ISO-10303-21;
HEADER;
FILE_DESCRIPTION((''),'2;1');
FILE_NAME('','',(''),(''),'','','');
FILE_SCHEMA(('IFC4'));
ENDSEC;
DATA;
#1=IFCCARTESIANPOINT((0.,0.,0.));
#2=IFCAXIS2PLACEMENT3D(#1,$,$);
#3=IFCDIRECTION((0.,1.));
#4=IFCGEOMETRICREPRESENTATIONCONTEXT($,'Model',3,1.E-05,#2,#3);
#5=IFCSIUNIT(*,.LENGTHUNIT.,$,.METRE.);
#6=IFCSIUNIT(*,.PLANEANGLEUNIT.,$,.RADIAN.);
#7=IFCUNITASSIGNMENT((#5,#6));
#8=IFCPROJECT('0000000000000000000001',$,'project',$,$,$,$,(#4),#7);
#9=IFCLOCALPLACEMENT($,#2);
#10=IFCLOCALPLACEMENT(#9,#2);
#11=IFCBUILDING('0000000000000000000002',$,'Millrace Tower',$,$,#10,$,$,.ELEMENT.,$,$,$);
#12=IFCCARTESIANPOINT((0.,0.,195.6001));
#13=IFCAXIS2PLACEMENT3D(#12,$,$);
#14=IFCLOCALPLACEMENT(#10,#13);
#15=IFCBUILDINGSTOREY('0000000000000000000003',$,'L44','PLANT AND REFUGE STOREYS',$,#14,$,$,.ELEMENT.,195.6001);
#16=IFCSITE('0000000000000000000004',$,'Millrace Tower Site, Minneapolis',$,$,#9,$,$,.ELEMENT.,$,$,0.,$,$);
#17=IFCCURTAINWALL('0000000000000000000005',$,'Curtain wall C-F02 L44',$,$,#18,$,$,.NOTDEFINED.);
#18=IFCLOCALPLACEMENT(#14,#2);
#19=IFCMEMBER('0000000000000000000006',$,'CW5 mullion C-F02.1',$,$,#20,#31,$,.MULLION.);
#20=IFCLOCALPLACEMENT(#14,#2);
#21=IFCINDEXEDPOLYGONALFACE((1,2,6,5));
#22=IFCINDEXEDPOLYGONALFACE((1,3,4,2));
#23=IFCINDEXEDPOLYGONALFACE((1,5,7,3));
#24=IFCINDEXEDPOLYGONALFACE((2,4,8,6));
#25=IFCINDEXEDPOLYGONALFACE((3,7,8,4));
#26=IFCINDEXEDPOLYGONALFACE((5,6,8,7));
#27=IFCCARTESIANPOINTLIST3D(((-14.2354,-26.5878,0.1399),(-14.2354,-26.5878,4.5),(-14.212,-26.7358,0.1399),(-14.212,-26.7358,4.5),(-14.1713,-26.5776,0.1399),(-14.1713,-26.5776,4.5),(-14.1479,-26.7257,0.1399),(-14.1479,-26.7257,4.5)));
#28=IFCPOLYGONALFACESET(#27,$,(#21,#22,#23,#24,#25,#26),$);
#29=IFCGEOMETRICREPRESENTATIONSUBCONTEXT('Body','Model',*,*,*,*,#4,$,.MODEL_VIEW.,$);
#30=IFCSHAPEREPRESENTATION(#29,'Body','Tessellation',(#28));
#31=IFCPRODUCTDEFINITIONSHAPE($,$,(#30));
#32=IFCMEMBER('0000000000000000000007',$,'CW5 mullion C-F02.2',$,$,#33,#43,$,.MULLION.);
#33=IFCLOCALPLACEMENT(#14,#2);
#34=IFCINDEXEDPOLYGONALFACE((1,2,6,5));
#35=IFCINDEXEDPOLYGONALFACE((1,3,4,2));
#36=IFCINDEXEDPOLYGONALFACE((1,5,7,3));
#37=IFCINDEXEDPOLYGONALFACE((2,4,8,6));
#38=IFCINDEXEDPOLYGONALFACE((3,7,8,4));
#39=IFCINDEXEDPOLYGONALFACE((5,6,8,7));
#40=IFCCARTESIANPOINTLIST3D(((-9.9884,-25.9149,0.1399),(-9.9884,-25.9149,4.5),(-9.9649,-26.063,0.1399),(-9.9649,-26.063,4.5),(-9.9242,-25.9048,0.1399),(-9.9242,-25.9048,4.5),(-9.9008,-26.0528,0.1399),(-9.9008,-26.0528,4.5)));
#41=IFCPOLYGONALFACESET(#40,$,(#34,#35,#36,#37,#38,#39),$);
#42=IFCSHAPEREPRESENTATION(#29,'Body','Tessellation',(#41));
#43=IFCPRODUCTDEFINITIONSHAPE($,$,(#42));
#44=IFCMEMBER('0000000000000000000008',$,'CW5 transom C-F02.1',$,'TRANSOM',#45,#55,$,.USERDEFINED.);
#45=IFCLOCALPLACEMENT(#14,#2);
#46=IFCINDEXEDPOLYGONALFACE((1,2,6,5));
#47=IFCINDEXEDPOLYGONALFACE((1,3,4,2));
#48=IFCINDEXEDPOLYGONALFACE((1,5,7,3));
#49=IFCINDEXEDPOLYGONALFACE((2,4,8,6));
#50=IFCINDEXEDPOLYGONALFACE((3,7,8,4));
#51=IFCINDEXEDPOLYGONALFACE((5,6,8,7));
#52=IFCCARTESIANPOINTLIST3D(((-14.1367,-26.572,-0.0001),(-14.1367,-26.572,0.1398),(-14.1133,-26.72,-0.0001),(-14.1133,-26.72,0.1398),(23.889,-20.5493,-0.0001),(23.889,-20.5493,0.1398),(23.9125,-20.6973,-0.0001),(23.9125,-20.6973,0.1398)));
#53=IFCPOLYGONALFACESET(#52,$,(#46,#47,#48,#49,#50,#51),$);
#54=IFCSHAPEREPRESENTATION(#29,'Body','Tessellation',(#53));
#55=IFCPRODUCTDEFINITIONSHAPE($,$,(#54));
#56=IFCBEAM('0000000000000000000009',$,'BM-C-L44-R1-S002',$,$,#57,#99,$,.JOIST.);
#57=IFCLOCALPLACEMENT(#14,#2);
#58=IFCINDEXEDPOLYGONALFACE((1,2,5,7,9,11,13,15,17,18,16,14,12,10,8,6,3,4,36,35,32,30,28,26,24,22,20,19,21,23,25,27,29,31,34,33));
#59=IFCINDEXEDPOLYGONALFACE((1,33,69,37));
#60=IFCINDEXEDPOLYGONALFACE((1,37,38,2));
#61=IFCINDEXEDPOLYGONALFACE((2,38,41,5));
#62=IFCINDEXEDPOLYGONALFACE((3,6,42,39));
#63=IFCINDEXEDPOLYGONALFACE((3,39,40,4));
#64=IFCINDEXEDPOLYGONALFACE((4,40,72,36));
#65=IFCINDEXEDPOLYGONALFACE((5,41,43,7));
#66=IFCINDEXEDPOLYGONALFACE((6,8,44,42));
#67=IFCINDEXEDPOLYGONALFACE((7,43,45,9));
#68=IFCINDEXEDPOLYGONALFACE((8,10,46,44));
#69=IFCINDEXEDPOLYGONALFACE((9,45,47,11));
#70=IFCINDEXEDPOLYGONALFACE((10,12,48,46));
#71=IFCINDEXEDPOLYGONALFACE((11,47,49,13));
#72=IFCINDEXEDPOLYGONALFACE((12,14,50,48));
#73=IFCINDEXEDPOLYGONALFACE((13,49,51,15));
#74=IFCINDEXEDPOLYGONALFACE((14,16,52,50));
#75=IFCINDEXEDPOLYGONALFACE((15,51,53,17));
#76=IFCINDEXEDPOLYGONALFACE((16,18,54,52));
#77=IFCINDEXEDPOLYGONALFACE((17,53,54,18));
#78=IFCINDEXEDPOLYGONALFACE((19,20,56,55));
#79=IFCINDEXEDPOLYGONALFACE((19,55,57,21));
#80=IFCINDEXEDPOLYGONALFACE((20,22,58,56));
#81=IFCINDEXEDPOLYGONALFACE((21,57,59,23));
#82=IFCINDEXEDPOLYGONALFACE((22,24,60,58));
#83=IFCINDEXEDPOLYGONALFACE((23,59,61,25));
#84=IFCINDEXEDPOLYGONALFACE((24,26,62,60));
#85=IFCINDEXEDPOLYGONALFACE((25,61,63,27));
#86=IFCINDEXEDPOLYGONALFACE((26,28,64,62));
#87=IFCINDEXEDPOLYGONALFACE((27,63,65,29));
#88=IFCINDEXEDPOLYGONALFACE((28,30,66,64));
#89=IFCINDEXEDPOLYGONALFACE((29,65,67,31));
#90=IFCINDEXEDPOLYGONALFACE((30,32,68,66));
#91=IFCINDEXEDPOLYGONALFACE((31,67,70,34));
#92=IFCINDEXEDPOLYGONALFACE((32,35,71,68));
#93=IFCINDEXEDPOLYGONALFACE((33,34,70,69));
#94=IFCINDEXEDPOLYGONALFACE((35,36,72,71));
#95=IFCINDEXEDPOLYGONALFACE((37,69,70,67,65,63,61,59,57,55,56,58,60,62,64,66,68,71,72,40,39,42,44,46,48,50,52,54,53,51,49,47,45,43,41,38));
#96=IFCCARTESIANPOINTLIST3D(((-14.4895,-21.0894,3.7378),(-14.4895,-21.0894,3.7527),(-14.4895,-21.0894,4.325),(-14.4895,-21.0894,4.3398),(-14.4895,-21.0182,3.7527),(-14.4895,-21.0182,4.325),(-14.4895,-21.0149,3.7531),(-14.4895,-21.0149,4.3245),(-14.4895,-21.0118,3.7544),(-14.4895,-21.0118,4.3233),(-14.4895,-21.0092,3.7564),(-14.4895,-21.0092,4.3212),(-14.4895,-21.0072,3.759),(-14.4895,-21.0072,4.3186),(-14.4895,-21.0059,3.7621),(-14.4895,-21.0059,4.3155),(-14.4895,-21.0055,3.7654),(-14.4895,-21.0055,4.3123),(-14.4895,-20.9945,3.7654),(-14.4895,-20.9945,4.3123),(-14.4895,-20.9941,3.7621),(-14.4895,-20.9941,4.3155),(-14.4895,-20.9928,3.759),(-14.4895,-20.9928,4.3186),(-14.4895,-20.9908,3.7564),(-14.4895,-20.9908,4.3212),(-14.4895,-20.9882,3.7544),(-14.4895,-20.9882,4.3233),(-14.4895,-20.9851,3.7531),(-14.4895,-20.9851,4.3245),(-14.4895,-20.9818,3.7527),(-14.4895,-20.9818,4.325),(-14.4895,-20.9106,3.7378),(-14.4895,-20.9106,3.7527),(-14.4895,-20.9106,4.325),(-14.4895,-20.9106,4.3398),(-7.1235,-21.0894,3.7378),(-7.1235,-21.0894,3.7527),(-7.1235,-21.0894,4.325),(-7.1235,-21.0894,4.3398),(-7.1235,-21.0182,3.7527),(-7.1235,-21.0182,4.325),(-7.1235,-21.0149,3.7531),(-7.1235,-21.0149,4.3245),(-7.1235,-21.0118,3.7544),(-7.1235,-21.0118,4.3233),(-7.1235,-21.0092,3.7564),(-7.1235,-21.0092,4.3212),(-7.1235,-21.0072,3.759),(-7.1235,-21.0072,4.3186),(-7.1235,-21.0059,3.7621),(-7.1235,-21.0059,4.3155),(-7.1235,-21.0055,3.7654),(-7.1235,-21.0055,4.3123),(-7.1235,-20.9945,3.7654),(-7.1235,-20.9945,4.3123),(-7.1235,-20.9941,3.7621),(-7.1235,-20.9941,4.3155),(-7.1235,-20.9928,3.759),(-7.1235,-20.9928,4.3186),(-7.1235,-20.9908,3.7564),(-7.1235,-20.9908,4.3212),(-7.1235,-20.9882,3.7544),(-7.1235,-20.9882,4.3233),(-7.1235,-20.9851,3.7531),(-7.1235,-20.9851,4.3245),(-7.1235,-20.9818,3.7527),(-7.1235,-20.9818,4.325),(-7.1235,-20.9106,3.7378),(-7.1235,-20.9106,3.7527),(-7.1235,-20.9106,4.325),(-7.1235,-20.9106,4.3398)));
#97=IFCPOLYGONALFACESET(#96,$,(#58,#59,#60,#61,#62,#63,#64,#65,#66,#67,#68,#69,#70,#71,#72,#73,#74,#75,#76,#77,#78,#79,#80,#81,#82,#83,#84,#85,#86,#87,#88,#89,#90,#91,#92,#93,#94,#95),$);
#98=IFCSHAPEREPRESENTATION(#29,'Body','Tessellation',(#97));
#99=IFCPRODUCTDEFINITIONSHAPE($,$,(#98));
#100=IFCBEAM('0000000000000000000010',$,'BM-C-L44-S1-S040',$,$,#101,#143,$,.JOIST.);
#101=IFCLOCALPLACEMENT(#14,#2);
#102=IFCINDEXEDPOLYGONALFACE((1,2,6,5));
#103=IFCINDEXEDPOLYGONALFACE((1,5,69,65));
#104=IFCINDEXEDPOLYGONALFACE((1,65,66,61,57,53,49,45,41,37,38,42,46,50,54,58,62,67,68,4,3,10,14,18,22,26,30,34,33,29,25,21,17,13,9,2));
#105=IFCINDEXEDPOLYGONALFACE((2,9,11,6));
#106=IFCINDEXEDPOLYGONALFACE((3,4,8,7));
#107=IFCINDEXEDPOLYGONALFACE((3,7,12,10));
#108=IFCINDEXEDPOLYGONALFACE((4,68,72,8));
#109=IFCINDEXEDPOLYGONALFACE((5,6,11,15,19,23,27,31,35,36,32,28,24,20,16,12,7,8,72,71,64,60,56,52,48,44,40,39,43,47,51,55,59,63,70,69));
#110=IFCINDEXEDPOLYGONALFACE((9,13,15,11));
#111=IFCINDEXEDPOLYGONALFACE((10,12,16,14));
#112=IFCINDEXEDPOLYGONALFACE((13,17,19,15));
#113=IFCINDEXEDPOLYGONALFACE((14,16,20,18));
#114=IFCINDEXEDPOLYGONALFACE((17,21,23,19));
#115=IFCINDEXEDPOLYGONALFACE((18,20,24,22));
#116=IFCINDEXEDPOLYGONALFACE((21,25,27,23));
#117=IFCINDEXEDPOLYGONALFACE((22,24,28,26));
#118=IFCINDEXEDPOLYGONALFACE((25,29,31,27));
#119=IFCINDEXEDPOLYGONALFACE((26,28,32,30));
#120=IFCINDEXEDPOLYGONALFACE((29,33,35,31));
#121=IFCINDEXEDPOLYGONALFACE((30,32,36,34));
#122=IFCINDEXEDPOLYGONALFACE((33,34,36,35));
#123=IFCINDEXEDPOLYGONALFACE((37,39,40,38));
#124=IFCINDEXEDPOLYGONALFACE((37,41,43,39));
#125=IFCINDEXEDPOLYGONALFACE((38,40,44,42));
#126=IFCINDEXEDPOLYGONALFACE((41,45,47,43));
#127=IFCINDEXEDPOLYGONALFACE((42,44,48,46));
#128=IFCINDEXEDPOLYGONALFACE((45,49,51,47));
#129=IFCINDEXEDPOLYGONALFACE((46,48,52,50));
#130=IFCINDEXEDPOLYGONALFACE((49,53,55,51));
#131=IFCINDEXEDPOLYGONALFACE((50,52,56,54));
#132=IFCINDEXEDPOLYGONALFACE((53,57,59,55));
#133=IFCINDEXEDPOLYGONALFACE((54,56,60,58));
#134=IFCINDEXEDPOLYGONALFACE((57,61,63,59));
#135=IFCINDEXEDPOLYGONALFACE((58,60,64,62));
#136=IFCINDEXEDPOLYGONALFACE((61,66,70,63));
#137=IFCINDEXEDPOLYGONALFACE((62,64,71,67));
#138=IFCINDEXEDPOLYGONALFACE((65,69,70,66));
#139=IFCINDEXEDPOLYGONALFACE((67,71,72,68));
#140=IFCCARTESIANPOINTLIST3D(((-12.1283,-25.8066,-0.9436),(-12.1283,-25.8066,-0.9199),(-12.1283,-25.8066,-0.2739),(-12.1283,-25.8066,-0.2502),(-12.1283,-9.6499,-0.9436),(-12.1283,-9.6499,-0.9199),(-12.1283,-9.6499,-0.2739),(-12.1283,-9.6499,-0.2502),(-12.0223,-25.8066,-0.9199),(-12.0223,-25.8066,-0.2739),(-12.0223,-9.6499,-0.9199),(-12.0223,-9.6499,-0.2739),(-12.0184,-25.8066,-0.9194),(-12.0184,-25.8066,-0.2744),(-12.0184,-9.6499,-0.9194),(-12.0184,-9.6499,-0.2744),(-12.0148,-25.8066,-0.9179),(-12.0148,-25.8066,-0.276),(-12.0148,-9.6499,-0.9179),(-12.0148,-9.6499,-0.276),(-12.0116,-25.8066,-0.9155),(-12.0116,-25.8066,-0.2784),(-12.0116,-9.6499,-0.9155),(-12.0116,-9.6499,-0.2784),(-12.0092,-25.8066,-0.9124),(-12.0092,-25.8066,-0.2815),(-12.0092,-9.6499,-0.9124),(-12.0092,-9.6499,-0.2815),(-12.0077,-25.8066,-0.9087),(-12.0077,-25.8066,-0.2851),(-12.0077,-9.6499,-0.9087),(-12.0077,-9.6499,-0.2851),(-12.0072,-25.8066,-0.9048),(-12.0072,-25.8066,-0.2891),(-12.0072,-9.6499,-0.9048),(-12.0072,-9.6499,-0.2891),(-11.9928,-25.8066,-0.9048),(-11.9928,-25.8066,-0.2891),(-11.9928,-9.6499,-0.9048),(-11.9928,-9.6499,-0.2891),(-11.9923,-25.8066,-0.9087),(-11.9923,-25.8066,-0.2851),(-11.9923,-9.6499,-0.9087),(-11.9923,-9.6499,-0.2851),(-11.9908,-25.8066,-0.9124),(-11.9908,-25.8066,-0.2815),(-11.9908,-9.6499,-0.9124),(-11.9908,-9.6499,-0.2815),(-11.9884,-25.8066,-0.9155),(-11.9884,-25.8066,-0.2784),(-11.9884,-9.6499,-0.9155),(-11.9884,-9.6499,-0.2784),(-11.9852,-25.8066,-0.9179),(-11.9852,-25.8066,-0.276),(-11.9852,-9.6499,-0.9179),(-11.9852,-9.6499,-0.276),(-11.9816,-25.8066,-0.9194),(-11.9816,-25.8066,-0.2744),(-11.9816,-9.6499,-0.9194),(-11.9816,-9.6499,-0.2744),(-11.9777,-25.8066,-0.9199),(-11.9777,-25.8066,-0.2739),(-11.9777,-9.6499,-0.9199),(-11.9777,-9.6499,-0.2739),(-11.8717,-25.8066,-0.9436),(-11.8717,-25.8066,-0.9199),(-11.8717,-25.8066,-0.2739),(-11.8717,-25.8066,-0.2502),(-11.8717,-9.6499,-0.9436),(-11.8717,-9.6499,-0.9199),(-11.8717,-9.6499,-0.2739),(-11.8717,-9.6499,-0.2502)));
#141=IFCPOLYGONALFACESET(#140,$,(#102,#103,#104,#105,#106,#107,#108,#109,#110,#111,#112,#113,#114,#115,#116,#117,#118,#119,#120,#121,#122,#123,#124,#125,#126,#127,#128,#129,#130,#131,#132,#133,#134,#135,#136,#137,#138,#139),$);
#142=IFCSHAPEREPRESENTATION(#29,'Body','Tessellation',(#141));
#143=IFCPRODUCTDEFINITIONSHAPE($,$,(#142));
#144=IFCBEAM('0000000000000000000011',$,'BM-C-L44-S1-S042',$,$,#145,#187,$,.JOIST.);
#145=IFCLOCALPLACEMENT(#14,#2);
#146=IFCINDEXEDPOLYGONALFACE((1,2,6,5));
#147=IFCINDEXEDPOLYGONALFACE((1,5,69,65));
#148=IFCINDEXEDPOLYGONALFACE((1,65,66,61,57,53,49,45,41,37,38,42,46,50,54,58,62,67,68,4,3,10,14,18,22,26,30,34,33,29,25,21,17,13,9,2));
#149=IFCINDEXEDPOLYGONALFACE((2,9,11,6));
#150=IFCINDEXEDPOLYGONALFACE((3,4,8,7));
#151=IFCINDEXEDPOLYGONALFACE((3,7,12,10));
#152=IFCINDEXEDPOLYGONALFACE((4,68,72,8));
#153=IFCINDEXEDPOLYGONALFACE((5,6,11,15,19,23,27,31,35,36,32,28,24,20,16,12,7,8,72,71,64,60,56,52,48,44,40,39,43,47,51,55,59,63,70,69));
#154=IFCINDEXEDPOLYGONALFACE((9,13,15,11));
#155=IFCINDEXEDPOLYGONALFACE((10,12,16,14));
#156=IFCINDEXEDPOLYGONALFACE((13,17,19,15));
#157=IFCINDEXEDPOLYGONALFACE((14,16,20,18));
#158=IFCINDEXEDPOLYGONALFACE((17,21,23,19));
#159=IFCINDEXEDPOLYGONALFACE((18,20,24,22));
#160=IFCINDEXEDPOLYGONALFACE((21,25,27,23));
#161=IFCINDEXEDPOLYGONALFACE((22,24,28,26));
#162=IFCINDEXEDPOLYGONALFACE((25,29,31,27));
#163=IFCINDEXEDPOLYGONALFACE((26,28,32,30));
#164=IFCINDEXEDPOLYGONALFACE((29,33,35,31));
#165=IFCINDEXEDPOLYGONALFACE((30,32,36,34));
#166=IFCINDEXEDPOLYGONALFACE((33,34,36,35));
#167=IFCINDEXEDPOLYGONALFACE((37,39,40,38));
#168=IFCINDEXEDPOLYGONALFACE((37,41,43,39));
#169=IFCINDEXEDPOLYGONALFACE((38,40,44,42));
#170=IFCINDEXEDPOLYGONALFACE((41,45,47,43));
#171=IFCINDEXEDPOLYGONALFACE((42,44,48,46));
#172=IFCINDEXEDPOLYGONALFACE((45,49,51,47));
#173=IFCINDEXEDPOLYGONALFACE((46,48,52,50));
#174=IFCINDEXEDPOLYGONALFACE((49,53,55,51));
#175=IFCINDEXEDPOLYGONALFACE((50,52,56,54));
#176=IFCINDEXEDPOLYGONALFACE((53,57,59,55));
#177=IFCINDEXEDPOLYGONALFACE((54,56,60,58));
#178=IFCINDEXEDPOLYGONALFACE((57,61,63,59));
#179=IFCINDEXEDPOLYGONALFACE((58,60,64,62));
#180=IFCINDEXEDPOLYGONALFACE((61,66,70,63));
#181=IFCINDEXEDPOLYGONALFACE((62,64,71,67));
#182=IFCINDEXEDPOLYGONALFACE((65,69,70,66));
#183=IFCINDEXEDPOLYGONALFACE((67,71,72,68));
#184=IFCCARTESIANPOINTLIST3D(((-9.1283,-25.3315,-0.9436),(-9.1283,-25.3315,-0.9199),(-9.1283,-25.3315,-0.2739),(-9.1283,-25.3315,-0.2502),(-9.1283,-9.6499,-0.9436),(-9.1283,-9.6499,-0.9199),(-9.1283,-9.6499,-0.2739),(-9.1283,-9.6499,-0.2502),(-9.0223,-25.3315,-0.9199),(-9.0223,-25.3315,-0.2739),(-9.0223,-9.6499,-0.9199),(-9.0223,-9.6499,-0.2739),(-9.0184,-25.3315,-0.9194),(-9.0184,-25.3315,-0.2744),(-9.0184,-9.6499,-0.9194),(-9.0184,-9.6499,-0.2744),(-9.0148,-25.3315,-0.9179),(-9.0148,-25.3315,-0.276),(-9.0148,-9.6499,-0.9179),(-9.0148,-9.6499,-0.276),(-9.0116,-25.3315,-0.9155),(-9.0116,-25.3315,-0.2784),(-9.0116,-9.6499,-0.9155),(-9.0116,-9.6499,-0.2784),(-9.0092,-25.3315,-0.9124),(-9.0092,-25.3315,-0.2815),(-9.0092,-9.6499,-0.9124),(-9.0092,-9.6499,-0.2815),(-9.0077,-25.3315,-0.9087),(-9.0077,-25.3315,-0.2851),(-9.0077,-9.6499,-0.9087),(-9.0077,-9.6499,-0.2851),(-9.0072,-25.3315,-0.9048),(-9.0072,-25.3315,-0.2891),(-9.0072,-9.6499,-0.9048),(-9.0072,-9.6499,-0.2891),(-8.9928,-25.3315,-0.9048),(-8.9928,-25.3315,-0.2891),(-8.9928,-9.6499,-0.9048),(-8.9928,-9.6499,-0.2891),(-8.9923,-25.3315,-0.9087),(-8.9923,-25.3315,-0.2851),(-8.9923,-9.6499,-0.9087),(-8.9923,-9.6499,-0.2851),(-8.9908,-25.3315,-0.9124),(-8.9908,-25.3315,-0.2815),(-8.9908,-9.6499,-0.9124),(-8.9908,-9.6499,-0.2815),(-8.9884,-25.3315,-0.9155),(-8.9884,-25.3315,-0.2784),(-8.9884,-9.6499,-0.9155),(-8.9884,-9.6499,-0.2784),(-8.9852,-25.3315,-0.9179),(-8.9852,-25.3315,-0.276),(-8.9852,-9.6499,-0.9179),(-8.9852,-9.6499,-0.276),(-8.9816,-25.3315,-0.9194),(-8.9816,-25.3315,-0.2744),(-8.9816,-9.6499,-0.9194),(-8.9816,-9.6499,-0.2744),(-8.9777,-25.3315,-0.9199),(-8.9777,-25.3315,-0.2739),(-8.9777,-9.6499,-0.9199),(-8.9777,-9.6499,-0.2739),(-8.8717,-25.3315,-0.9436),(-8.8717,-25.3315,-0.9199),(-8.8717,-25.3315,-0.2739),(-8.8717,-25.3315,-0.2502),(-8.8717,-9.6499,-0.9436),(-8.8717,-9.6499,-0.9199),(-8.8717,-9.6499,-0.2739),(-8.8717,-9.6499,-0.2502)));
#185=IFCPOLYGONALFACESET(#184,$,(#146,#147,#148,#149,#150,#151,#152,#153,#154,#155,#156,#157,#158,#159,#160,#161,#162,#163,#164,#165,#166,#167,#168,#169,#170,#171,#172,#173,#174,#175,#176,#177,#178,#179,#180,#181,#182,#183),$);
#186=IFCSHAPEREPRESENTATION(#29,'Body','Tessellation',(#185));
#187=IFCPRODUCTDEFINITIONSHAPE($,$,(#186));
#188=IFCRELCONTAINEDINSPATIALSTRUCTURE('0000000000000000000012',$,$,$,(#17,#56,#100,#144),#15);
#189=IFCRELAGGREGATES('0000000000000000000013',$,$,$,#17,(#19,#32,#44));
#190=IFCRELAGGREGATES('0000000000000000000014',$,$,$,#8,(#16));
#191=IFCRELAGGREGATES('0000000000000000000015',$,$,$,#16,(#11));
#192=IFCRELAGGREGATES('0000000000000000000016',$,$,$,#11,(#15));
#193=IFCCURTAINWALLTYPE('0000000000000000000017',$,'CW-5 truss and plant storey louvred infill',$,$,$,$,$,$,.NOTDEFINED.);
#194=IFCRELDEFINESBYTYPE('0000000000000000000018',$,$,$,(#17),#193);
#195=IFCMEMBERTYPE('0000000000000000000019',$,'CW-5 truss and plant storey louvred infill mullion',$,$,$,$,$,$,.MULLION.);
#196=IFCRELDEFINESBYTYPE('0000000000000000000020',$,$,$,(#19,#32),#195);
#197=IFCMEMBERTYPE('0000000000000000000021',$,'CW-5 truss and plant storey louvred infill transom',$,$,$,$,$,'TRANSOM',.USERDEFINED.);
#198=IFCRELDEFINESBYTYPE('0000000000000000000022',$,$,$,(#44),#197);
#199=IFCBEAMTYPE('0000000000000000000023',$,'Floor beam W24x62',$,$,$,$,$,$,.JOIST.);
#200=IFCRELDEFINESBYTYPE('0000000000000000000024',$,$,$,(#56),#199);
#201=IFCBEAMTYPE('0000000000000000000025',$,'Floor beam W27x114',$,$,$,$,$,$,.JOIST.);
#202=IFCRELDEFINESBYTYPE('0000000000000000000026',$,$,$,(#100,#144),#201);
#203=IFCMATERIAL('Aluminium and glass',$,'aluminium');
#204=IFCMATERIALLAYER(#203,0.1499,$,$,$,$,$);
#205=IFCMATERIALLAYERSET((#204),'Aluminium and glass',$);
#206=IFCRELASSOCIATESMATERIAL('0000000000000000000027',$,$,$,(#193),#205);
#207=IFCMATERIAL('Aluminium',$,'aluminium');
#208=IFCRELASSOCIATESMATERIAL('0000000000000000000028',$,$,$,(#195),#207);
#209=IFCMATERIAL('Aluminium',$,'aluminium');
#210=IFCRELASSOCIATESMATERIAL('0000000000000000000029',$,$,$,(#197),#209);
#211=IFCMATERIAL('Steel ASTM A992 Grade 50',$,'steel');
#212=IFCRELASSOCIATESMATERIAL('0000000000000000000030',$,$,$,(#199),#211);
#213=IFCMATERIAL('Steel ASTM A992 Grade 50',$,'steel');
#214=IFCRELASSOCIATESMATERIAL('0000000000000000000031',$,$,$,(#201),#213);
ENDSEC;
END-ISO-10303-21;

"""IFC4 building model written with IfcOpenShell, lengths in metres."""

from ifc_helpers import new_model, si_unit, direction, frame, origin, origin_2d, place, context, subcontext, project, spatial, rectangle, i_section, extrude, material, layer, layer_set, material_profile, profile_set, type_object, element, aggregate, save


model = new_model("IFC4")

# Units and contexts
model_context = context("Model", 3, precision=1e-05, world=origin(), true_north=direction((0.0, 1.0)))
body_context = subcontext(model_context, "Body", "Model", "MODEL_VIEW")
ifc_project = project(units=[si_unit("LENGTHUNIT", "METRE"), si_unit("PLANEANGLEUNIT", "RADIAN")], contexts=[model_context])

# Site, building, storey
site_placement = place(None, origin())
site = spatial("IfcSite", under=ifc_project, at=site_placement, Name="Millrace Tower Site, Minneapolis", CompositionType="ELEMENT", RefElevation=0.0)
building_placement = place(site_placement, origin())
building = spatial("IfcBuilding", under=site, at=building_placement, Name="Millrace Tower", CompositionType="ELEMENT")
storey_placement = place(building_placement, frame((0.0, 0.0, 195.6001)))
storey = spatial("IfcBuildingStorey", under=building, at=storey_placement, Name="L44", Description="PLANT AND REFUGE STOREYS", CompositionType="ELEMENT", Elevation=195.6001)

# Curtain wall, members
ifc_material_1 = material(Name="Aluminium and glass", Category="aluminium")
ifc_layer_1 = layer(ifc_material_1, 0.1499)
ifc_layer_set_1 = layer_set([ifc_layer_1], Name="Aluminium and glass")
curtain_wall_type = type_object("IfcCurtainWallType", Name="CW-5 truss and plant storey louvred infill", PredefinedType="NOTDEFINED", material=ifc_layer_set_1)
curtain_wall_placement = place(storey_placement, origin())
curtain_wall = element("IfcCurtainWall", 1, at=curtain_wall_placement, inside=storey, type_object=curtain_wall_type, Name="Curtain wall C-F02 L44", PredefinedType="NOTDEFINED")
ifc_material_2 = material(Name="Aluminium", Category="aluminium")
ifc_material_profile_1 = material_profile(ifc_material_2, rectangle(XDim=0.0649, YDim=0.1499, at=origin_2d()))
ifc_profile_set_1 = profile_set([ifc_material_profile_1], Name="Aluminium")
member_type_1 = type_object("IfcMemberType", Name="CW-5 truss and plant storey louvred infill mullion", PredefinedType="MULLION", material=ifc_profile_set_1)
member_1_placement = place(storey_placement, frame((-14.1917, -26.6567, 0.1399), z_axis=(0.0, 0.0, 1.0), x_axis=(0.987688, 0.156434, 0.0)))
member_1 = element("IfcMember", 2, at=member_1_placement, type_object=member_type_1, Name="CW5 mullion C-F02.1", PredefinedType="MULLION", context=body_context, shape_type="SweptSolid", body=[
    extrude(rectangle(XDim=0.0649, YDim=0.1499, at=origin_2d()), origin(), (0.0, 0.0, 1.0), 4.3601),
])
member_2_placement = place(storey_placement, frame((-9.9446, -25.9839, 0.1399), z_axis=(0.0, 0.0, 1.0), x_axis=(0.987688, 0.156434, 0.0)))
member_2 = element("IfcMember", 3, at=member_2_placement, type_object=member_type_1, Name="CW5 mullion C-F02.2", PredefinedType="MULLION", context=body_context, shape_type="SweptSolid", body=[
    extrude(rectangle(XDim=0.0649, YDim=0.1499, at=origin_2d()), origin(), (0.0, 0.0, 1.0), 4.3601),
])
ifc_material_3 = material(Name="Aluminium", Category="aluminium")
ifc_material_profile_2 = material_profile(ifc_material_3, rectangle(XDim=0.1499, YDim=0.1399, at=origin_2d()))
ifc_profile_set_2 = profile_set([ifc_material_profile_2], Name="Aluminium")
member_type_2 = type_object("IfcMemberType", Name="CW-5 truss and plant storey louvred infill transom", ElementType="TRANSOM", PredefinedType="USERDEFINED", material=ifc_profile_set_2)
member_3_placement = place(storey_placement, frame((-14.125, -26.646, 0.0698), z_axis=(0.987688, 0.156434, 0.0), x_axis=(-0.156434, 0.987688, 0.0)))
member_3 = element("IfcMember", 4, at=member_3_placement, type_object=member_type_2, Name="CW5 transom C-F02.1", ObjectType="TRANSOM", PredefinedType="USERDEFINED", context=body_context, shape_type="SweptSolid", body=[
    extrude(rectangle(XDim=0.1499, YDim=0.1399, at=origin_2d()), origin(), (0.0, 0.0, 1.0), 38.4998),
])
aggregate(curtain_wall, [member_1, member_2, member_3])

# Beams
ifc_material_4 = material(Name="Steel ASTM A992 Grade 50", Category="steel")
ifc_material_profile_3 = material_profile(ifc_material_4, i_section(OverallWidth=0.1787, OverallDepth=0.6021, WebThickness=0.011, FlangeThickness=0.0149, FilletRadius=0.0127, at=origin_2d()))
ifc_profile_set_3 = profile_set([ifc_material_profile_3], Name="Steel ASTM A992 Grade 50")
beam_type_1 = type_object("IfcBeamType", Name="Floor beam W24x62", PredefinedType="JOIST", material=ifc_profile_set_3)
beam_1_placement = place(storey_placement, frame((-14.4895, -21.0, 4.0388), z_axis=(1.0, 0.0, 0.0), x_axis=(0.0, 1.0, 0.0)))
element("IfcBeam", 5, at=beam_1_placement, inside=storey, type_object=beam_type_1, Name="BM-C-L44-R1-S002", PredefinedType="JOIST", context=body_context, shape_type="SweptSolid", body=[
    extrude(i_section(OverallWidth=0.1787, OverallDepth=0.6021, WebThickness=0.011, FlangeThickness=0.0149, FilletRadius=0.0127, at=origin_2d()), origin(), (0.0, 0.0, 1.0), 7.366),
])
ifc_material_5 = material(Name="Steel ASTM A992 Grade 50", Category="steel")
ifc_material_profile_4 = material_profile(ifc_material_5, i_section(OverallWidth=0.2566, OverallDepth=0.6934, WebThickness=0.0144, FlangeThickness=0.0237, FilletRadius=0.0151, at=origin_2d()))
ifc_profile_set_4 = profile_set([ifc_material_profile_4], Name="Steel ASTM A992 Grade 50")
beam_type_2 = type_object("IfcBeamType", Name="Floor beam W27x114", PredefinedType="JOIST", material=ifc_profile_set_4)
beam_2_placement = place(storey_placement, frame((-12.0, -25.8066, -0.5969), z_axis=(0.0, 1.0, 0.0), x_axis=(-1.0, 0.0, 0.0)))
element("IfcBeam", 6, at=beam_2_placement, inside=storey, type_object=beam_type_2, Name="BM-C-L44-S1-S040", PredefinedType="JOIST", context=body_context, shape_type="SweptSolid", body=[
    extrude(i_section(OverallWidth=0.2566, OverallDepth=0.6934, WebThickness=0.0144, FlangeThickness=0.0237, FilletRadius=0.0151, at=origin_2d()), origin(), (0.0, 0.0, 1.0), 16.1567),
])
beam_3_placement = place(storey_placement, frame((-9.0, -25.3315, -0.5969), z_axis=(0.0, 1.0, 0.0), x_axis=(-1.0, 0.0, 0.0)))
element("IfcBeam", 7, at=beam_3_placement, inside=storey, type_object=beam_type_2, Name="BM-C-L44-S1-S042", PredefinedType="JOIST", context=body_context, shape_type="SweptSolid", body=[
    extrude(i_section(OverallWidth=0.2566, OverallDepth=0.6934, WebThickness=0.0144, FlangeThickness=0.0237, FilletRadius=0.0151, at=origin_2d()), origin(), (0.0, 0.0, 1.0), 15.6816),
])

save(model, "model.ifc")
